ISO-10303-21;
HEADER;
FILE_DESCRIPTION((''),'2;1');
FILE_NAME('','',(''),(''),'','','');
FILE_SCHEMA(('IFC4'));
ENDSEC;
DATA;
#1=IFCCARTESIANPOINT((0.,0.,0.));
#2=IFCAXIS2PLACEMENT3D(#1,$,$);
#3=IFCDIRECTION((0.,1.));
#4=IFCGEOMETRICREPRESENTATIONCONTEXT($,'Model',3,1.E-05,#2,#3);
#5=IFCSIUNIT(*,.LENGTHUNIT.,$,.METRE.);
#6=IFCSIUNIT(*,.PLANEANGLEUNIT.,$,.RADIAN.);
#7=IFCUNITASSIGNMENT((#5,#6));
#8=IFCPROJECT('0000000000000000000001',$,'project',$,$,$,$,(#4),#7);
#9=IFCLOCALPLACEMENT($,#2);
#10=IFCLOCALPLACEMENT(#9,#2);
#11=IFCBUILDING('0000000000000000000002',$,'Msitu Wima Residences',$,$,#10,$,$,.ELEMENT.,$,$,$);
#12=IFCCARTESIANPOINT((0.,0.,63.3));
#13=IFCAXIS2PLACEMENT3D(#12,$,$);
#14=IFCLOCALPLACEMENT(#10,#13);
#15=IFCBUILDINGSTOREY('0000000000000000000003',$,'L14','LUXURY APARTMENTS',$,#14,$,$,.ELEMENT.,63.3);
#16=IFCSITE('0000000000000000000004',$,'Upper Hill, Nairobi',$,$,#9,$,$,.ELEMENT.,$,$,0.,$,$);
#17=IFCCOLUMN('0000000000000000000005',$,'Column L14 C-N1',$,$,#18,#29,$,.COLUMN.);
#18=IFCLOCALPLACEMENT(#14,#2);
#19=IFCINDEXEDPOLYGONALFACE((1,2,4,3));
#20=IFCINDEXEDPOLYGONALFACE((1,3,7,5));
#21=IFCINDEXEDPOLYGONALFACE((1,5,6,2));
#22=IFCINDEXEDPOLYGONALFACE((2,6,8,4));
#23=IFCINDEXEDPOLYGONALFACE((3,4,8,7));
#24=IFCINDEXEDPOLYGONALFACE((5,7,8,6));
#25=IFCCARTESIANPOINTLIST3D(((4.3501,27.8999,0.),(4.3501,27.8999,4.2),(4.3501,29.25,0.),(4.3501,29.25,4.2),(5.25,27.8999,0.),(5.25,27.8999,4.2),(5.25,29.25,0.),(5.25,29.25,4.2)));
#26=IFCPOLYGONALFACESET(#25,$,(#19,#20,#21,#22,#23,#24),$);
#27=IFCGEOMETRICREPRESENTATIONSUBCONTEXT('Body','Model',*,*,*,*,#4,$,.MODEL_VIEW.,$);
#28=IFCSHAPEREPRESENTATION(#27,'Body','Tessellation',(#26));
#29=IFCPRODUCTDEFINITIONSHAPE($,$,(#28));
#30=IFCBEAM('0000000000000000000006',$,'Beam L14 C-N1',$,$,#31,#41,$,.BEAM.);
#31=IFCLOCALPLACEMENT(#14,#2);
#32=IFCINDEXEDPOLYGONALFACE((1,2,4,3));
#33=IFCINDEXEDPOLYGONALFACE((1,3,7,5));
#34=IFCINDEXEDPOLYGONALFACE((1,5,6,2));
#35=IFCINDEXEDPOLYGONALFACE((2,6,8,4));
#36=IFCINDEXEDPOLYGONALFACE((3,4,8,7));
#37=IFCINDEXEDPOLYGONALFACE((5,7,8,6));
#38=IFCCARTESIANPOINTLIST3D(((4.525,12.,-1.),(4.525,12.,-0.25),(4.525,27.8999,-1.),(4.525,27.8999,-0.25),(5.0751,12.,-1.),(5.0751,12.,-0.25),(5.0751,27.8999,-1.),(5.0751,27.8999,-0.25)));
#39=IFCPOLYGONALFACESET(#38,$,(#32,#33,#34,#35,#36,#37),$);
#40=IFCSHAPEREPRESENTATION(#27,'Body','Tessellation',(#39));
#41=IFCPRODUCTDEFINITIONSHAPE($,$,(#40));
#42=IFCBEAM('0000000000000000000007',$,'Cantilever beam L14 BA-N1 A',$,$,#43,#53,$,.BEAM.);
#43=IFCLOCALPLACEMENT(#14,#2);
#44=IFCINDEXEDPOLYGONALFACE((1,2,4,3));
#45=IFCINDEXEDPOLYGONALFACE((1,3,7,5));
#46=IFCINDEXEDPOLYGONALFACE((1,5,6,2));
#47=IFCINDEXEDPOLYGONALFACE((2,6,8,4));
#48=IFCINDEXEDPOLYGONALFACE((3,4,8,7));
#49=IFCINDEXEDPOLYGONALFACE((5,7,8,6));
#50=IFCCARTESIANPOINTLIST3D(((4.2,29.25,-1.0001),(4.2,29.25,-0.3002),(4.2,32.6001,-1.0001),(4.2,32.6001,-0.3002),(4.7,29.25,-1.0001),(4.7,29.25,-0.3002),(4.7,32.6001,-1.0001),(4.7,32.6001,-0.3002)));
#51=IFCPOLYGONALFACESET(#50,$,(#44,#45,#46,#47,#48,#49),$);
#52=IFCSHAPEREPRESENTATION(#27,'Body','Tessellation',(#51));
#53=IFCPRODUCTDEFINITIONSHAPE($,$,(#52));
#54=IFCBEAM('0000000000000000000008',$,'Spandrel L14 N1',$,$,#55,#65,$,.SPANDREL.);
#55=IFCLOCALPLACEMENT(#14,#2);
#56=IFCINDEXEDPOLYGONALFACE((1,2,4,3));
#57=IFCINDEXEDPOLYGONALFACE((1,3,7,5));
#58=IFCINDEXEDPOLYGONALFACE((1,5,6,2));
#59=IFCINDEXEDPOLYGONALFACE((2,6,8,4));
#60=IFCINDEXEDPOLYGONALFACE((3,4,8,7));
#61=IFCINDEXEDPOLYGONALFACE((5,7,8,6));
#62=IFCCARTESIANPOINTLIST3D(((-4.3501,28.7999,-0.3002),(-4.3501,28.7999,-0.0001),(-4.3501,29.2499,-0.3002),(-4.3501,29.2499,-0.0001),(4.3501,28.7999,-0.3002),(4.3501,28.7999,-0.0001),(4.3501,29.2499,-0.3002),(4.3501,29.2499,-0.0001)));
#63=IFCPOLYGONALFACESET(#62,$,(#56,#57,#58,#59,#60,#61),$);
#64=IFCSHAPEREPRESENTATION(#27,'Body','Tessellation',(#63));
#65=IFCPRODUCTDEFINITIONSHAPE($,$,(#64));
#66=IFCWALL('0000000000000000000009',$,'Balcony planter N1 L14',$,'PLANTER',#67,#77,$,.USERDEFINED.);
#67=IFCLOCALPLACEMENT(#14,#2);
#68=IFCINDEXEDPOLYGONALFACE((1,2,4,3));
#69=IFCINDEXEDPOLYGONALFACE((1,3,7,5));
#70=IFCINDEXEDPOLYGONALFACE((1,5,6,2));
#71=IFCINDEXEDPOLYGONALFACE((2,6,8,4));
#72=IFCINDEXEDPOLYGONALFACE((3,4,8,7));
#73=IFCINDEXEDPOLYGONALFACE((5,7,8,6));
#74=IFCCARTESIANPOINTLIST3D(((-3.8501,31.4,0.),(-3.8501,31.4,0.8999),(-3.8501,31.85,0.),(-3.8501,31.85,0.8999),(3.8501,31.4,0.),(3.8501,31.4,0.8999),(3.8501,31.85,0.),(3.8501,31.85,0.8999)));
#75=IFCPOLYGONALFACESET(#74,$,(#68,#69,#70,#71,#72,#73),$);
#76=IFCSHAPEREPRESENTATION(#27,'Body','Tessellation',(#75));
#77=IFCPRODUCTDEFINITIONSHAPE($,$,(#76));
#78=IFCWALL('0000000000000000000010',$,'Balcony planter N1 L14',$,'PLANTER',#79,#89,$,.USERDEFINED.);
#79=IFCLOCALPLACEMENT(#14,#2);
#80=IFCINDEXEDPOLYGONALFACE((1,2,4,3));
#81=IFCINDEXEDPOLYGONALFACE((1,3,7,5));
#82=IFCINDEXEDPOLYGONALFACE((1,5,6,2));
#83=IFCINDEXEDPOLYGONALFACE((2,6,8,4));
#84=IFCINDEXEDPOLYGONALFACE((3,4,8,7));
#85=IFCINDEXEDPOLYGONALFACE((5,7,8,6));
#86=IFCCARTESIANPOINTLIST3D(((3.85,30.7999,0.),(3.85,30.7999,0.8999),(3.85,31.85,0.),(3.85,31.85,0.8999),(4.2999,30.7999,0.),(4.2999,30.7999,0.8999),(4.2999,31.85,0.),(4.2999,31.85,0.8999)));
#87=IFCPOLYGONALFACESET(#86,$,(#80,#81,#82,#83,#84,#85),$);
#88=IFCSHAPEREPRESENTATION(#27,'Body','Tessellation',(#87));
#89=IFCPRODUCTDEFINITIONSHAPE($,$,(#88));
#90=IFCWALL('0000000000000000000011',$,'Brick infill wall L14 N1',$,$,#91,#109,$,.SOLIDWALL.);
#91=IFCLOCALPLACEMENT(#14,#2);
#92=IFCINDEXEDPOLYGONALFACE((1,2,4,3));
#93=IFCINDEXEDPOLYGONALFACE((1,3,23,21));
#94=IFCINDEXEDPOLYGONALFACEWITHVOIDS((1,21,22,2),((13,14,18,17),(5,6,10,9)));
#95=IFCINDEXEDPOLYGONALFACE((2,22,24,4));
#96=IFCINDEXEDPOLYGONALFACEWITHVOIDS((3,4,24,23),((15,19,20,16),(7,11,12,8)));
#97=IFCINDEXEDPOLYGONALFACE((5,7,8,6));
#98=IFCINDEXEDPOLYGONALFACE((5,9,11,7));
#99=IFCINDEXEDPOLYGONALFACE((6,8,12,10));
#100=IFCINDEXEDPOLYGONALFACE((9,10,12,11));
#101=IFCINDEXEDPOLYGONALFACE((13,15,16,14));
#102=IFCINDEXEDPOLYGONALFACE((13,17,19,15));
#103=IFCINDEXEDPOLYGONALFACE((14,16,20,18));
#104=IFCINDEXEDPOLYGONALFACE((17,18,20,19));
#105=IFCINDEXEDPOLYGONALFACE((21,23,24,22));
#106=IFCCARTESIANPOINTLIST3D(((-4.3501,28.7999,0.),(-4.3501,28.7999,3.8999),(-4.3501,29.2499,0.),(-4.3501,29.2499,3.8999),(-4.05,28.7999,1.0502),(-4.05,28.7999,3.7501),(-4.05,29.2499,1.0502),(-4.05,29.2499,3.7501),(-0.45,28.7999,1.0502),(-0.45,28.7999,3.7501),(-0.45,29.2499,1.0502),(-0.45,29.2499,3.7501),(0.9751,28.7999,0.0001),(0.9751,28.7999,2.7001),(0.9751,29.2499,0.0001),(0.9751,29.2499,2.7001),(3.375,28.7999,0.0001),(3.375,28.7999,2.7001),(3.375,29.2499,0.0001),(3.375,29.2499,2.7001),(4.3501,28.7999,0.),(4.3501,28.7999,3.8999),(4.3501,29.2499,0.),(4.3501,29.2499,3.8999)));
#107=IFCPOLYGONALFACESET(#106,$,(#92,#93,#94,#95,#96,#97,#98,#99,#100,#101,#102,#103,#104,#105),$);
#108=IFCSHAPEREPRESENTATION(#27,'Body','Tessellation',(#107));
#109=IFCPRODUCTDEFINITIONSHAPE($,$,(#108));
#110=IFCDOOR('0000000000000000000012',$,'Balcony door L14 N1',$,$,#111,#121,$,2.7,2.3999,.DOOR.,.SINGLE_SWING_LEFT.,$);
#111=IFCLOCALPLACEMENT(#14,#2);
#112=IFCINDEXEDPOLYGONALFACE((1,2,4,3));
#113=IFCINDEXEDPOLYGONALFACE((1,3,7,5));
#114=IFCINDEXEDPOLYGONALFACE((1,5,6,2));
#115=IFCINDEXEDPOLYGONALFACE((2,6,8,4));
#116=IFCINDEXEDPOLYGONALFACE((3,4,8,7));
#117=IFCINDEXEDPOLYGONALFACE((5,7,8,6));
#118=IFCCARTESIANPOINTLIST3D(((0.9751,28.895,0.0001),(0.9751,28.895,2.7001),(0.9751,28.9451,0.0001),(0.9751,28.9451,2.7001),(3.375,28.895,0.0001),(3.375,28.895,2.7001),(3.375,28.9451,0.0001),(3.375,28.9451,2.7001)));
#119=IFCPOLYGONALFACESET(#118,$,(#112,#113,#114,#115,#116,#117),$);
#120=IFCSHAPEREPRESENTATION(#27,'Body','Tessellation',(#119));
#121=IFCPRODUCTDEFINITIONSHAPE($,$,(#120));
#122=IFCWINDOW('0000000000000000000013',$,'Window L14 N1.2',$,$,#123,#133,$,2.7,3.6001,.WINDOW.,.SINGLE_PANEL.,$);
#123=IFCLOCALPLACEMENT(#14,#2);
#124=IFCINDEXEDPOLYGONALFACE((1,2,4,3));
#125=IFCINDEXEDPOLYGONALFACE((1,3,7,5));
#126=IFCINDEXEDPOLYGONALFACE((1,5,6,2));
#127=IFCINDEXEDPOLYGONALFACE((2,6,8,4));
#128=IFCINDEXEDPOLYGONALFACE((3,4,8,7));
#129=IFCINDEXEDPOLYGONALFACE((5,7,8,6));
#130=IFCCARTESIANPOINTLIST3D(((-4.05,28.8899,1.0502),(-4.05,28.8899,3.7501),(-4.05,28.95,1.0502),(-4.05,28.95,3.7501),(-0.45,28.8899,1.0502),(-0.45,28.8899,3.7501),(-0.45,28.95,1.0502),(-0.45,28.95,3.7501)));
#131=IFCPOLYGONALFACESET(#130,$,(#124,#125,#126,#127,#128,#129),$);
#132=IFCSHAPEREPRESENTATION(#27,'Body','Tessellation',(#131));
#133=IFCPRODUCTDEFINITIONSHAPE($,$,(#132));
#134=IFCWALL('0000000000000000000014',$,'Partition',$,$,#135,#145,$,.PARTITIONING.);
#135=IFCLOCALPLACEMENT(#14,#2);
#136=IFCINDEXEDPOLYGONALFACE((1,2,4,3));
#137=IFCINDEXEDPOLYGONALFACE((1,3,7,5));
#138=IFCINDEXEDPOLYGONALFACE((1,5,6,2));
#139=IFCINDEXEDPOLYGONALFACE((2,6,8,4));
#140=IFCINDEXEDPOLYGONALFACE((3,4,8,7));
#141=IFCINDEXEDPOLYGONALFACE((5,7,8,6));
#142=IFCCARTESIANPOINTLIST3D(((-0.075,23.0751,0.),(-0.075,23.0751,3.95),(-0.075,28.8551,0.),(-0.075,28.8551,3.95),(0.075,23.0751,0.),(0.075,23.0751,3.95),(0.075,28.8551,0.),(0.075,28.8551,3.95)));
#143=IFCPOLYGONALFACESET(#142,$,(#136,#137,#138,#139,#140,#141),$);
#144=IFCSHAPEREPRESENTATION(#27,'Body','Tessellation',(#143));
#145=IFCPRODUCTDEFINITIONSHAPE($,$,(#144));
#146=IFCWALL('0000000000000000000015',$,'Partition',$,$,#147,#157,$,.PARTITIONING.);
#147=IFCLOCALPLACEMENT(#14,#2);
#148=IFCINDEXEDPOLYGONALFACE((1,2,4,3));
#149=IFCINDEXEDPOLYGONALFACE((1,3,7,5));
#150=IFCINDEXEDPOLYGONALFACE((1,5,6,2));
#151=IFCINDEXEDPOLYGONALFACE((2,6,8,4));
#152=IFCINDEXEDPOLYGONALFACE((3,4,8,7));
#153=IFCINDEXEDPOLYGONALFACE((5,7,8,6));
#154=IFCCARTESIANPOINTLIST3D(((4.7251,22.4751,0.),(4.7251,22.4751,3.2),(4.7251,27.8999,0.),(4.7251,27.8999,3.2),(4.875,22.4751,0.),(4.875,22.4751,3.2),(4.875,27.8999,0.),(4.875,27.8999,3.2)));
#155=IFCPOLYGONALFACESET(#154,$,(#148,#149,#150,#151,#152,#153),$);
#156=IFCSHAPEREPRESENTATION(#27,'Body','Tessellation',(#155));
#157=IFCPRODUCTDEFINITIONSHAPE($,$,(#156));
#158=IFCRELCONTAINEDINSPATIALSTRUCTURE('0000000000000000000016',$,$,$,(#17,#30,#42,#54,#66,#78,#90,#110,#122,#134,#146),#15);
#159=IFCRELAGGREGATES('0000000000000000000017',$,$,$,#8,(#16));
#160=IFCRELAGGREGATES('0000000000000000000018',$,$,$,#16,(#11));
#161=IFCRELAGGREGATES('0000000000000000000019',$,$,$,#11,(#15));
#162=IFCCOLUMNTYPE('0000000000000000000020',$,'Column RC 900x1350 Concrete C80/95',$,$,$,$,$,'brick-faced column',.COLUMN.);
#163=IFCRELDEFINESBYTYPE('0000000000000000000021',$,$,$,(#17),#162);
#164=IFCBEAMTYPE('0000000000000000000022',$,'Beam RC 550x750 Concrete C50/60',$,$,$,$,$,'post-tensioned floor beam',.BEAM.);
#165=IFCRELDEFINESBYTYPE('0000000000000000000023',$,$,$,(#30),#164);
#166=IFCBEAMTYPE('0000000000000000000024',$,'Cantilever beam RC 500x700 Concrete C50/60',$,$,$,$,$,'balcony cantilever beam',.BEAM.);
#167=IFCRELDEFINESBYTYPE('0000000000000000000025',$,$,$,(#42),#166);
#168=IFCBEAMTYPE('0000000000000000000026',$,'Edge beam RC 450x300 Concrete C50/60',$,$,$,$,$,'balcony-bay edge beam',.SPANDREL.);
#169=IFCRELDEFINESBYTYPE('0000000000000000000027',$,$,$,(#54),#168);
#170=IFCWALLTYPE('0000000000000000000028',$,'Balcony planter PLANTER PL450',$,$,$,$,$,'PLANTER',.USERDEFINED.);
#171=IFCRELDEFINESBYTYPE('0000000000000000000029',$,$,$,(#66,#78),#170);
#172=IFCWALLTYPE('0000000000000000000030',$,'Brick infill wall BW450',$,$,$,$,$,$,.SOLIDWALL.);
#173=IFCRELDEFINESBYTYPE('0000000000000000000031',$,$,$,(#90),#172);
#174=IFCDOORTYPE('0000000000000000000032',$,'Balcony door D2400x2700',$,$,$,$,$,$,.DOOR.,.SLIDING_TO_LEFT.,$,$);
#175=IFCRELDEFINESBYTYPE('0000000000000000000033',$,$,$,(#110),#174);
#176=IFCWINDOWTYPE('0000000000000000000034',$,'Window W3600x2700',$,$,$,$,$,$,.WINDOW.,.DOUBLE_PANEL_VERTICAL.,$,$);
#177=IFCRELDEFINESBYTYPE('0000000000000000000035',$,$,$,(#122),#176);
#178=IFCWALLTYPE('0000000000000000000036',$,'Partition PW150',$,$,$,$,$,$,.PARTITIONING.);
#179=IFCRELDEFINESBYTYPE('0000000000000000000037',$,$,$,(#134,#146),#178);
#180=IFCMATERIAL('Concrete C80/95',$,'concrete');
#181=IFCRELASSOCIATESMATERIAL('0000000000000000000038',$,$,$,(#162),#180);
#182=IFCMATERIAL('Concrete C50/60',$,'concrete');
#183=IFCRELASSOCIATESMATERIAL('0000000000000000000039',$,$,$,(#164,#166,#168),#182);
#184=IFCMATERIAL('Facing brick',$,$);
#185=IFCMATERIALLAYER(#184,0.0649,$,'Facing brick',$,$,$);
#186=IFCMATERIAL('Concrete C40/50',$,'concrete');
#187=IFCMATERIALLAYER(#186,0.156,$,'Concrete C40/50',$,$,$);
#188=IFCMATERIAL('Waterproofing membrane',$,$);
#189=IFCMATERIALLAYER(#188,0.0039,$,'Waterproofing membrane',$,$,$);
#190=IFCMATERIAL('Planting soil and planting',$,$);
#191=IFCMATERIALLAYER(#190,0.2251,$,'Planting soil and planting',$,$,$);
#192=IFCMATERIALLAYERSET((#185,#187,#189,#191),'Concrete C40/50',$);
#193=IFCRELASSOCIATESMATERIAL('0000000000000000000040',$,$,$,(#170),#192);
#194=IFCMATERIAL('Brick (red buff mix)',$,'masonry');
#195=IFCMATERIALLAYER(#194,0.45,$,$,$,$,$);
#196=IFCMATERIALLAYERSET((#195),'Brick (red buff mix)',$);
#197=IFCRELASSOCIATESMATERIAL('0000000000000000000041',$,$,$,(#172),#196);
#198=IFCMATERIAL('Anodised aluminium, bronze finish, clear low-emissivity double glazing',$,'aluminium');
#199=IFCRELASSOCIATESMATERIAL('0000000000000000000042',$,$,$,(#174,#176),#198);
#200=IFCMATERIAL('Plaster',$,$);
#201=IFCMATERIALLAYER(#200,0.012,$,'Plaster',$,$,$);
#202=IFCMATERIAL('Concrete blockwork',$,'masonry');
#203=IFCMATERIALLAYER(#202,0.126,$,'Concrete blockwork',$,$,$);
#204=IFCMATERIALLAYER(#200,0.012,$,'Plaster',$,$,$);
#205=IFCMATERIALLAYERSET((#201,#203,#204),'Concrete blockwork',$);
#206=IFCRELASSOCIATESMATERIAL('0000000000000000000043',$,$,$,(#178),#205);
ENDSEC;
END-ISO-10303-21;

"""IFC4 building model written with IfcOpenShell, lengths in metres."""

from ifc_helpers import new_model, si_unit, direction, frame, frame_2d, origin, origin_2d, place, context, subcontext, project, spatial, rectangle, extrude, material, layer, layer_set, material_profile, profile_set, type_object, element, fill, save


model = new_model("IFC4")

# Units and contexts
model_context = context("Model", 3, precision=1e-05, world=origin(), true_north=direction((0.0, 1.0)))
body_context = subcontext(model_context, "Body", "Model", "MODEL_VIEW")
ifc_project = project(units=[si_unit("LENGTHUNIT", "METRE"), si_unit("PLANEANGLEUNIT", "RADIAN")], contexts=[model_context])

# Site, building, storey
site_placement = place(None, origin())
site = spatial("IfcSite", under=ifc_project, at=site_placement, Name="Upper Hill, Nairobi", CompositionType="ELEMENT", RefElevation=0.0)
building_placement = place(site_placement, origin())
building = spatial("IfcBuilding", under=site, at=building_placement, Name="Msitu Wima Residences", CompositionType="ELEMENT")
storey_placement = place(building_placement, frame((0.0, 0.0, 63.3)))
storey = spatial("IfcBuildingStorey", under=building, at=storey_placement, Name="L14", Description="LUXURY APARTMENTS", CompositionType="ELEMENT", Elevation=63.3)

# Column
ifc_material_1 = material(Name="Concrete C80/95", Category="concrete")
ifc_material_profile_1 = material_profile(ifc_material_1, rectangle(XDim=0.8999, YDim=1.3501, at=origin_2d()), Name="RC 900x1350")
ifc_profile_set_1 = profile_set([ifc_material_profile_1], Name="Concrete C80/95")
column_type = type_object("IfcColumnType", Name="Column RC 900x1350 Concrete C80/95", ElementType="brick-faced column", PredefinedType="COLUMN", material=ifc_profile_set_1)
column_placement = place(storey_placement, frame((4.8, 28.575, 0.0), z_axis=(0.0, 0.0, 1.0), x_axis=(-1.0, 0.0, 0.0)))
element("IfcColumn", 1, at=column_placement, inside=storey, type_object=column_type, Name="Column L14 C-N1", PredefinedType="COLUMN", context=body_context, shape_type="SweptSolid", body=[
    extrude(rectangle(XDim=0.8999, YDim=1.3501, at=origin_2d()), origin(), (0.0, 0.0, 1.0), 4.2),
])

# Beams
ifc_material_2 = material(Name="Concrete C50/60", Category="concrete")
ifc_material_profile_2 = material_profile(ifc_material_2, rectangle(XDim=0.55, YDim=0.75, at=origin_2d()), Name="RC 550x750")
ifc_profile_set_2 = profile_set([ifc_material_profile_2], Name="Concrete C50/60")
beam_type_1 = type_object("IfcBeamType", Name="Beam RC 550x750 Concrete C50/60", ElementType="post-tensioned floor beam", PredefinedType="BEAM", material=ifc_profile_set_2)
beam_1_placement = place(storey_placement, frame((4.8, 27.8999, -0.625), z_axis=(0.0, -1.0, 0.0), x_axis=(1.0, 0.0, 0.0)))
element("IfcBeam", 2, at=beam_1_placement, inside=storey, type_object=beam_type_1, Name="Beam L14 C-N1", PredefinedType="BEAM", context=body_context, shape_type="SweptSolid", body=[
    extrude(rectangle(XDim=0.55, YDim=0.75, at=origin_2d()), origin(), (0.0, 0.0, 1.0), 15.8999),
])
ifc_material_profile_3 = material_profile(ifc_material_2, rectangle(XDim=0.5, YDim=0.7, at=origin_2d()), Name="RC 500x700")
ifc_profile_set_3 = profile_set([ifc_material_profile_3], Name="Concrete C50/60")
beam_type_2 = type_object("IfcBeamType", Name="Cantilever beam RC 500x700 Concrete C50/60", ElementType="balcony cantilever beam", PredefinedType="BEAM", material=ifc_profile_set_3)
beam_2_placement = place(storey_placement, frame((4.45, 29.25, -0.6501), z_axis=(0.0, 1.0, 0.0), x_axis=(-1.0, 0.0, 0.0)))
element("IfcBeam", 3, at=beam_2_placement, inside=storey, type_object=beam_type_2, Name="Cantilever beam L14 BA-N1 A", PredefinedType="BEAM", context=body_context, shape_type="SweptSolid", body=[
    extrude(rectangle(XDim=0.5, YDim=0.7, at=origin_2d()), origin(), (0.0, 0.0, 1.0), 3.3501),
])
ifc_material_profile_4 = material_profile(ifc_material_2, rectangle(XDim=0.45, YDim=0.3, at=origin_2d()), Name="RC 450x300")
ifc_profile_set_4 = profile_set([ifc_material_profile_4], Name="Concrete C50/60")
beam_type_3 = type_object("IfcBeamType", Name="Edge beam RC 450x300 Concrete C50/60", ElementType="balcony-bay edge beam", PredefinedType="SPANDREL", material=ifc_profile_set_4)
beam_3_placement = place(storey_placement, frame((4.3501, 29.0249, -0.1501), z_axis=(-1.0, 0.0, 0.0), x_axis=(0.0, -1.0, 0.0)))
element("IfcBeam", 4, at=beam_3_placement, inside=storey, type_object=beam_type_3, Name="Spandrel L14 N1", PredefinedType="SPANDREL", context=body_context, shape_type="SweptSolid", body=[
    extrude(rectangle(XDim=0.45, YDim=0.3, at=origin_2d()), origin(), (0.0, 0.0, 1.0), 8.7002),
])

# Walls
ifc_material_3 = material(Name="Facing brick")
ifc_layer_1 = layer(ifc_material_3, 0.0649, Name="Facing brick")
ifc_material_4 = material(Name="Concrete C40/50", Category="concrete")
ifc_layer_2 = layer(ifc_material_4, 0.156, Name="Concrete C40/50")
ifc_material_5 = material(Name="Waterproofing membrane")
ifc_layer_3 = layer(ifc_material_5, 0.0039, Name="Waterproofing membrane")
ifc_material_6 = material(Name="Planting soil and planting")
ifc_layer_4 = layer(ifc_material_6, 0.2251, Name="Planting soil and planting")
ifc_layer_set_1 = layer_set([ifc_layer_1, ifc_layer_2, ifc_layer_3, ifc_layer_4], Name="Concrete C40/50")
wall_type_1 = type_object("IfcWallType", Name="Balcony planter PLANTER PL450", ElementType="PLANTER", PredefinedType="USERDEFINED", material=ifc_layer_set_1)
wall_1_placement = place(storey_placement, frame((3.8501, 31.625, 0.0), z_axis=(0.0, 0.0, 1.0), x_axis=(-1.0, 0.0, 0.0)))
element("IfcWall", 5, at=wall_1_placement, inside=storey, type_object=wall_type_1, Name="Balcony planter N1 L14", ObjectType="PLANTER", PredefinedType="USERDEFINED", context=body_context, shape_type="SweptSolid", body=[
    extrude(rectangle(XDim=7.7002, YDim=0.45, at=frame_2d((3.8501, 0.0))), origin(), (0.0, 0.0, 1.0), 0.8999),
])
wall_2_placement = place(storey_placement, frame((4.075, 30.8, 0.0), z_axis=(0.0, 0.0, 1.0), x_axis=(0.0, 1.0, 0.0)))
element("IfcWall", 6, at=wall_2_placement, inside=storey, type_object=wall_type_1, Name="Balcony planter N1 L14", ObjectType="PLANTER", PredefinedType="USERDEFINED", context=body_context, shape_type="SweptSolid", body=[
    extrude(rectangle(XDim=1.05, YDim=0.45, at=frame_2d((0.5249, 0.0))), origin(), (0.0, 0.0, 1.0), 0.8999),
])

# Wall, openings, door, window
ifc_material_7 = material(Name="Brick (red buff mix)", Category="masonry")
ifc_layer_5 = layer(ifc_material_7, 0.45)
ifc_layer_set_2 = layer_set([ifc_layer_5], Name="Brick (red buff mix)")
wall_type_2 = type_object("IfcWallType", Name="Brick infill wall BW450", PredefinedType="SOLIDWALL", material=ifc_layer_set_2)
wall_3_placement = place(storey_placement, frame((4.3501, 29.0249, 0.0), z_axis=(0.0, 0.0, 1.0), x_axis=(-1.0, 0.0, 0.0)))
wall_3 = element("IfcWall", 7, at=wall_3_placement, inside=storey, type_object=wall_type_2, Name="Brick infill wall L14 N1", PredefinedType="SOLIDWALL", context=body_context, shape_type="SweptSolid", body=[
    extrude(rectangle(XDim=8.7002, YDim=0.45, at=frame_2d((4.3501, 0.0))), origin(), (0.0, 0.0, 1.0), 3.8999),
])
opening_1_placement = place(wall_3_placement, frame((0.9751, 0.0, 0.0)))
opening_1 = element("IfcOpeningElement", 8, at=opening_1_placement, cuts=wall_3, PredefinedType="OPENING", context=body_context, shape_type="SweptSolid", body=[
    extrude(rectangle(XDim=2.3999, YDim=2.7, at=frame_2d((1.2, 1.3501))), frame((0.0, 0.2349, 0.0), z_axis=(0.0, -1.0, 0.0), x_axis=(1.0, 0.0, 0.0)), (0.0, 0.0, 1.0), 0.47),
])
opening_2_placement = place(wall_3_placement, frame((4.8, 0.0, 1.05)))
opening_2 = element("IfcOpeningElement", 9, at=opening_2_placement, cuts=wall_3, PredefinedType="OPENING", context=body_context, shape_type="SweptSolid", body=[
    extrude(rectangle(XDim=3.6001, YDim=2.7, at=frame_2d((1.8, 1.3501))), frame((0.0, 0.2349, 0.0), z_axis=(0.0, -1.0, 0.0), x_axis=(1.0, 0.0, 0.0)), (0.0, 0.0, 1.0), 0.47),
])
ifc_material_8 = material(Name="Anodised aluminium, bronze finish, clear low-emissivity double glazing", Category="aluminium")
door_type_1 = type_object("IfcDoorType", Name="Balcony door D2400x2700", OperationType="SLIDING_TO_LEFT", PredefinedType="DOOR", material=ifc_material_8)
door_1_placement = place(opening_1_placement, origin())
door_1 = element("IfcDoor", 10, at=door_1_placement, inside=storey, type_object=door_type_1, Name="Balcony door L14 N1", OperationType="SINGLE_SWING_LEFT", OverallHeight=2.7, OverallWidth=2.3999, PredefinedType="DOOR", context=body_context, shape_type="SweptSolid", body=[
    extrude(rectangle(XDim=2.3999, YDim=2.7, at=frame_2d((1.2, 1.3501))), frame((0.0, 0.1299, 0.0), z_axis=(0.0, -1.0, 0.0), x_axis=(1.0, 0.0, 0.0)), (0.0, 0.0, 1.0), 0.05),
])
fill(opening_1, door_1)
window_type = type_object("IfcWindowType", Name="Window W3600x2700", PartitioningType="DOUBLE_PANEL_VERTICAL", PredefinedType="WINDOW", material=ifc_material_8)
window_placement = place(opening_2_placement, origin())
window = element("IfcWindow", 11, at=window_placement, inside=storey, type_object=window_type, Name="Window L14 N1.2", OverallHeight=2.7, OverallWidth=3.6001, PartitioningType="SINGLE_PANEL", PredefinedType="WINDOW", context=body_context, shape_type="SweptSolid", body=[
    extrude(rectangle(XDim=3.6001, YDim=2.7, at=frame_2d((1.8, 1.3501))), frame((0.0, 0.135, 0.0), z_axis=(0.0, -1.0, 0.0), x_axis=(1.0, 0.0, 0.0)), (0.0, 0.0, 1.0), 0.0601),
])
fill(opening_2, window)

# Walls
ifc_material_9 = material(Name="Plaster")
ifc_layer_6 = layer(ifc_material_9, 0.012, Name="Plaster")
ifc_material_10 = material(Name="Concrete blockwork", Category="masonry")
ifc_layer_7 = layer(ifc_material_10, 0.126, Name="Concrete blockwork")
ifc_layer_8 = layer(ifc_material_9, 0.012, Name="Plaster")
ifc_layer_set_3 = layer_set([ifc_layer_6, ifc_layer_7, ifc_layer_8], Name="Concrete blockwork")
wall_type_3 = type_object("IfcWallType", Name="Partition PW150", PredefinedType="PARTITIONING", material=ifc_layer_set_3)
wall_4_placement = place(storey_placement, frame((0.0, 23.075, 0.0), z_axis=(0.0, 0.0, 1.0), x_axis=(0.0, 1.0, 0.0)))
element("IfcWall", 12, at=wall_4_placement, inside=storey, type_object=wall_type_3, Name="Partition", PredefinedType="PARTITIONING", context=body_context, shape_type="SweptSolid", body=[
    extrude(rectangle(XDim=5.78, YDim=0.1499, at=frame_2d((2.8901, 0.0))), origin(), (0.0, 0.0, 1.0), 3.95),
])
wall_5_placement = place(storey_placement, frame((4.8, 22.4751, 0.0), z_axis=(0.0, 0.0, 1.0), x_axis=(0.0, 1.0, 0.0)))
element("IfcWall", 13, at=wall_5_placement, inside=storey, type_object=wall_type_3, Name="Partition", PredefinedType="PARTITIONING", context=body_context, shape_type="SweptSolid", body=[
    extrude(rectangle(XDim=5.4248, YDim=0.1499, at=frame_2d((2.7124, 0.0))), origin(), (0.0, 0.0, 1.0), 3.2),
])

save(model, "model.ifc")
